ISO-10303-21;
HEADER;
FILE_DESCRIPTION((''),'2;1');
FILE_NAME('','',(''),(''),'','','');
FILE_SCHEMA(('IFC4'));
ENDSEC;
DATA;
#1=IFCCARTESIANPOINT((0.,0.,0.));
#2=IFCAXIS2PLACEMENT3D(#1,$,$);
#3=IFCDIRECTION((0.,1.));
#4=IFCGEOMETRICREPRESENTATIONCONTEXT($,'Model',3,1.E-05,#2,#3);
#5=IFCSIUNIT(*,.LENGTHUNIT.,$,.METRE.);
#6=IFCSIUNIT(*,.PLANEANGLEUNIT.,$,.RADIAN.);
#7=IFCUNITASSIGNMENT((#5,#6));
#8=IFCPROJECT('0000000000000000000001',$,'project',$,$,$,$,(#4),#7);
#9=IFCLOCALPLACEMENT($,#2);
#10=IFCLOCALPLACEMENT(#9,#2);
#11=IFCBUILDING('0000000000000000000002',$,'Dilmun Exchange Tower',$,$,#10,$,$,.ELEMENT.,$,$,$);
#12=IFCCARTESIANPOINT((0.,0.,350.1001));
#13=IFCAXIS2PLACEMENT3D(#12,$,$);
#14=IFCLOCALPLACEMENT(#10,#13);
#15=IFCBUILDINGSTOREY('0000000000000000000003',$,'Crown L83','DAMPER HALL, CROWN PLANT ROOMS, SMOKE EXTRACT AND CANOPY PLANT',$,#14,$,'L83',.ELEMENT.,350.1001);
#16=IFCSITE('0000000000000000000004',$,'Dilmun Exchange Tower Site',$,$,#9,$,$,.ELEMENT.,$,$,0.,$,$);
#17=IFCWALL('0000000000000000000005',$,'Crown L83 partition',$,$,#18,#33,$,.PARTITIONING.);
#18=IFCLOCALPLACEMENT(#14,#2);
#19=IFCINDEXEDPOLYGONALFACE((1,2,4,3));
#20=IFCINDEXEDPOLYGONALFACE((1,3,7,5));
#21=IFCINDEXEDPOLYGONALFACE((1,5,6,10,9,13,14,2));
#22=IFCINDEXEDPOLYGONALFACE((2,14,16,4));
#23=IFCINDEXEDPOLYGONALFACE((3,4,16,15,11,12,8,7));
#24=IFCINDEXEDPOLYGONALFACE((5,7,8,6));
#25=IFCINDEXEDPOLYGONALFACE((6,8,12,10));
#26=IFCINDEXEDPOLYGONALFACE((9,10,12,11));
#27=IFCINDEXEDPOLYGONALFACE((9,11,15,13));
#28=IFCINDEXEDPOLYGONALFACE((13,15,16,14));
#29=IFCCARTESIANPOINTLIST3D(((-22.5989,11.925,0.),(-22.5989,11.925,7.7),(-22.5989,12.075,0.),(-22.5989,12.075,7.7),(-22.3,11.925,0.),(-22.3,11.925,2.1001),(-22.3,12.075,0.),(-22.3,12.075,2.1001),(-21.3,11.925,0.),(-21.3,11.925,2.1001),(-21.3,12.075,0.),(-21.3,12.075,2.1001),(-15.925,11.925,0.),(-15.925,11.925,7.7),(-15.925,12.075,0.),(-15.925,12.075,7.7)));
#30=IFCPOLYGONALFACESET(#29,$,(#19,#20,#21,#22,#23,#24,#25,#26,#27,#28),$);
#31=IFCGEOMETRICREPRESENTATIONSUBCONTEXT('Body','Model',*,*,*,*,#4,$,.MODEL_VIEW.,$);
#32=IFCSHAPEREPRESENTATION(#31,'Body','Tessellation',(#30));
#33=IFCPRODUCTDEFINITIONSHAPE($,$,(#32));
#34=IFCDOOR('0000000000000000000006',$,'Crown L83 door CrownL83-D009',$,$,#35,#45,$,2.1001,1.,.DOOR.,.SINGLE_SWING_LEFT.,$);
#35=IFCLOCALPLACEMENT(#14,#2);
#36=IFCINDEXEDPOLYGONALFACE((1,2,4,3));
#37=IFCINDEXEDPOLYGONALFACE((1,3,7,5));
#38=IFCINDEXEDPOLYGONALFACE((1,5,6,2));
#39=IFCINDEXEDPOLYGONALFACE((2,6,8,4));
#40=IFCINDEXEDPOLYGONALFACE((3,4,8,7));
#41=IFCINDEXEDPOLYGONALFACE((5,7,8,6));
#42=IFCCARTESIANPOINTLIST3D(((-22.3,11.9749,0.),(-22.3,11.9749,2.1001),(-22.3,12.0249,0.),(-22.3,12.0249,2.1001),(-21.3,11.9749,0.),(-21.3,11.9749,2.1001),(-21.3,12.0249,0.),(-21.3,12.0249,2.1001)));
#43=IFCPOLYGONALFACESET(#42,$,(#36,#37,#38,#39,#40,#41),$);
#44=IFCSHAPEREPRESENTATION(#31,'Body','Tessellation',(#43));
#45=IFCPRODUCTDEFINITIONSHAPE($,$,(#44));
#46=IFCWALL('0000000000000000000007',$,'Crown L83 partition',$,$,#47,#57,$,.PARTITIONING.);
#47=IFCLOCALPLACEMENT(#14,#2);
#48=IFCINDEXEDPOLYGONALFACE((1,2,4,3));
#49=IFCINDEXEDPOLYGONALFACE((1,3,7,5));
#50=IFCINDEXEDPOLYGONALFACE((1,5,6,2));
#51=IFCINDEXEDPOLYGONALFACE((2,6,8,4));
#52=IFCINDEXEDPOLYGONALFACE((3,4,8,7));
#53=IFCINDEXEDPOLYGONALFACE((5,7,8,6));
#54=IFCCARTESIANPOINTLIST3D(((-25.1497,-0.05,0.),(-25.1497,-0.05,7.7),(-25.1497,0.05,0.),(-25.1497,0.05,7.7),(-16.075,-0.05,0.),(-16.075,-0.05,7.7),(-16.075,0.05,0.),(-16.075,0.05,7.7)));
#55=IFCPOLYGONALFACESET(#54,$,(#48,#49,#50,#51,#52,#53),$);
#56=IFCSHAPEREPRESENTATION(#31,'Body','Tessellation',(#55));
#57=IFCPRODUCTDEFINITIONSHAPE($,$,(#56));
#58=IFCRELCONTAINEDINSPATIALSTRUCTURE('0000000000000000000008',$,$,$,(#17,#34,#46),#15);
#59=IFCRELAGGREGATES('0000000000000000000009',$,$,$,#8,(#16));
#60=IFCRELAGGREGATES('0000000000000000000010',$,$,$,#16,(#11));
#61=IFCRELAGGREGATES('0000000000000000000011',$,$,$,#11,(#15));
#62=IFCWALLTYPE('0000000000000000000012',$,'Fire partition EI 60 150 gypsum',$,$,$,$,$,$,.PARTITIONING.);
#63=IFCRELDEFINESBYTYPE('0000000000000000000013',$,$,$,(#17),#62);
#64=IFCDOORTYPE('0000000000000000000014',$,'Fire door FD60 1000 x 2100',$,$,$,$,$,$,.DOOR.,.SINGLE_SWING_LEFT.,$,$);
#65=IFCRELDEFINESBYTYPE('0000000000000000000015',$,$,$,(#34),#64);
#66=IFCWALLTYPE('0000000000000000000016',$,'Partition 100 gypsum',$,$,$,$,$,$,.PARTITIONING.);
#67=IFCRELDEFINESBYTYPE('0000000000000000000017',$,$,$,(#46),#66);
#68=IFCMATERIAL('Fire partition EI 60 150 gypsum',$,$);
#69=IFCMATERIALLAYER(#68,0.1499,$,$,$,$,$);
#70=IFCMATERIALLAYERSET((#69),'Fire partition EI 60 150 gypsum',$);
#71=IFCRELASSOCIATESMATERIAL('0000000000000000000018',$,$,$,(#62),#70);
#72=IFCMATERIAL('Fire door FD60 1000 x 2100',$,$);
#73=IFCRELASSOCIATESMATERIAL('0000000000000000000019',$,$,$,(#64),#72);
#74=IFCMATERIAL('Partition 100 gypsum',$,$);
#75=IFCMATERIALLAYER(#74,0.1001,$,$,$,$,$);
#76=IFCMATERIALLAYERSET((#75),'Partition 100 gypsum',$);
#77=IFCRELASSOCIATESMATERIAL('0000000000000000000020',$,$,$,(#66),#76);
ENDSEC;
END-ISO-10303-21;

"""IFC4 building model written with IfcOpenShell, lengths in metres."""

from ifc_helpers import new_model, si_unit, direction, frame, frame_2d, origin, place, context, subcontext, project, spatial, rectangle, extrude, material, layer, layer_set, type_object, element, fill, save


model = new_model("IFC4")

# Units and contexts
model_context = context("Model", 3, precision=1e-05, world=origin(), true_north=direction((0.0, 1.0)))
body_context = subcontext(model_context, "Body", "Model", "MODEL_VIEW")
ifc_project = project(units=[si_unit("LENGTHUNIT", "METRE"), si_unit("PLANEANGLEUNIT", "RADIAN")], contexts=[model_context])

# Site, building, storey
site_placement = place(None, origin())
site = spatial("IfcSite", under=ifc_project, at=site_placement, Name="Dilmun Exchange Tower Site", CompositionType="ELEMENT", RefElevation=0.0)
building_placement = place(site_placement, origin())
building = spatial("IfcBuilding", under=site, at=building_placement, Name="Dilmun Exchange Tower", CompositionType="ELEMENT")
storey_placement = place(building_placement, frame((0.0, 0.0, 350.1001)))
storey = spatial("IfcBuildingStorey", under=building, at=storey_placement, Name="Crown L83", Description="DAMPER HALL, CROWN PLANT ROOMS, SMOKE EXTRACT AND CANOPY PLANT", LongName="L83", CompositionType="ELEMENT", Elevation=350.1001)

# Wall, opening, door
ifc_material_1 = material(Name="Fire partition EI 60 150 gypsum")
ifc_layer_1 = layer(ifc_material_1, 0.1499)
ifc_layer_set_1 = layer_set([ifc_layer_1], Name="Fire partition EI 60 150 gypsum")
wall_type_1 = type_object("IfcWallType", Name="Fire partition EI 60 150 gypsum", PredefinedType="PARTITIONING", material=ifc_layer_set_1)
wall_1_placement = place(storey_placement, frame((-22.5989, 12.0, 0.0), z_axis=(0.0, 0.0, 1.0), x_axis=(1.0, 0.0, 0.0)))
wall_1 = element("IfcWall", 1, at=wall_1_placement, inside=storey, type_object=wall_type_1, Name="Crown L83 partition", PredefinedType="PARTITIONING", context=body_context, shape_type="SweptSolid", body=[
    extrude(rectangle(XDim=6.6738, YDim=0.1499, at=frame_2d((3.3369, 0.0))), origin(), (0.0, 0.0, 1.0), 7.7),
])
opening_placement = place(wall_1_placement, frame((0.2988, 0.0, 0.0)))
opening = element("IfcOpeningElement", 2, at=opening_placement, cuts=wall_1, PredefinedType="OPENING", context=body_context, shape_type="SweptSolid", body=[
    extrude(rectangle(XDim=1.0, YDim=2.1001, at=frame_2d((0.5, 1.05))), frame((0.0, 0.085, 0.0), z_axis=(0.0, -1.0, 0.0), x_axis=(1.0, 0.0, 0.0)), (0.0, 0.0, 1.0), 0.1699),
])
ifc_material_2 = material(Name="Fire door FD60 1000 x 2100")
door_type = type_object("IfcDoorType", Name="Fire door FD60 1000 x 2100", OperationType="SINGLE_SWING_LEFT", PredefinedType="DOOR", material=ifc_material_2)
door_placement = place(opening_placement, origin())
door = element("IfcDoor", 3, at=door_placement, inside=storey, type_object=door_type, Name="Crown L83 door CrownL83-D009", OperationType="SINGLE_SWING_LEFT", OverallHeight=2.1001, OverallWidth=1.0, PredefinedType="DOOR", context=body_context, shape_type="SweptSolid", body=[
    extrude(rectangle(XDim=1.0, YDim=2.1001, at=frame_2d((0.5, 1.05))), frame((0.0, 0.0249, 0.0), z_axis=(0.0, -1.0, 0.0), x_axis=(1.0, 0.0, 0.0)), (0.0, 0.0, 1.0), 0.05),
])
fill(opening, door)

# Wall
ifc_material_3 = material(Name="Partition 100 gypsum")
ifc_layer_2 = layer(ifc_material_3, 0.1001)
ifc_layer_set_2 = layer_set([ifc_layer_2], Name="Partition 100 gypsum")
wall_type_2 = type_object("IfcWallType", Name="Partition 100 gypsum", PredefinedType="PARTITIONING", material=ifc_layer_set_2)
wall_2_placement = place(storey_placement, frame((-25.1497, 0.0, 0.0), z_axis=(0.0, 0.0, 1.0), x_axis=(1.0, 0.0, 0.0)))
element("IfcWall", 4, at=wall_2_placement, inside=storey, type_object=wall_type_2, Name="Crown L83 partition", PredefinedType="PARTITIONING", context=body_context, shape_type="SweptSolid", body=[
    extrude(rectangle(XDim=9.0747, YDim=0.1001, at=frame_2d((4.5374, 0.0))), origin(), (0.0, 0.0, 1.0), 7.7),
])

save(model, "model.ifc")
